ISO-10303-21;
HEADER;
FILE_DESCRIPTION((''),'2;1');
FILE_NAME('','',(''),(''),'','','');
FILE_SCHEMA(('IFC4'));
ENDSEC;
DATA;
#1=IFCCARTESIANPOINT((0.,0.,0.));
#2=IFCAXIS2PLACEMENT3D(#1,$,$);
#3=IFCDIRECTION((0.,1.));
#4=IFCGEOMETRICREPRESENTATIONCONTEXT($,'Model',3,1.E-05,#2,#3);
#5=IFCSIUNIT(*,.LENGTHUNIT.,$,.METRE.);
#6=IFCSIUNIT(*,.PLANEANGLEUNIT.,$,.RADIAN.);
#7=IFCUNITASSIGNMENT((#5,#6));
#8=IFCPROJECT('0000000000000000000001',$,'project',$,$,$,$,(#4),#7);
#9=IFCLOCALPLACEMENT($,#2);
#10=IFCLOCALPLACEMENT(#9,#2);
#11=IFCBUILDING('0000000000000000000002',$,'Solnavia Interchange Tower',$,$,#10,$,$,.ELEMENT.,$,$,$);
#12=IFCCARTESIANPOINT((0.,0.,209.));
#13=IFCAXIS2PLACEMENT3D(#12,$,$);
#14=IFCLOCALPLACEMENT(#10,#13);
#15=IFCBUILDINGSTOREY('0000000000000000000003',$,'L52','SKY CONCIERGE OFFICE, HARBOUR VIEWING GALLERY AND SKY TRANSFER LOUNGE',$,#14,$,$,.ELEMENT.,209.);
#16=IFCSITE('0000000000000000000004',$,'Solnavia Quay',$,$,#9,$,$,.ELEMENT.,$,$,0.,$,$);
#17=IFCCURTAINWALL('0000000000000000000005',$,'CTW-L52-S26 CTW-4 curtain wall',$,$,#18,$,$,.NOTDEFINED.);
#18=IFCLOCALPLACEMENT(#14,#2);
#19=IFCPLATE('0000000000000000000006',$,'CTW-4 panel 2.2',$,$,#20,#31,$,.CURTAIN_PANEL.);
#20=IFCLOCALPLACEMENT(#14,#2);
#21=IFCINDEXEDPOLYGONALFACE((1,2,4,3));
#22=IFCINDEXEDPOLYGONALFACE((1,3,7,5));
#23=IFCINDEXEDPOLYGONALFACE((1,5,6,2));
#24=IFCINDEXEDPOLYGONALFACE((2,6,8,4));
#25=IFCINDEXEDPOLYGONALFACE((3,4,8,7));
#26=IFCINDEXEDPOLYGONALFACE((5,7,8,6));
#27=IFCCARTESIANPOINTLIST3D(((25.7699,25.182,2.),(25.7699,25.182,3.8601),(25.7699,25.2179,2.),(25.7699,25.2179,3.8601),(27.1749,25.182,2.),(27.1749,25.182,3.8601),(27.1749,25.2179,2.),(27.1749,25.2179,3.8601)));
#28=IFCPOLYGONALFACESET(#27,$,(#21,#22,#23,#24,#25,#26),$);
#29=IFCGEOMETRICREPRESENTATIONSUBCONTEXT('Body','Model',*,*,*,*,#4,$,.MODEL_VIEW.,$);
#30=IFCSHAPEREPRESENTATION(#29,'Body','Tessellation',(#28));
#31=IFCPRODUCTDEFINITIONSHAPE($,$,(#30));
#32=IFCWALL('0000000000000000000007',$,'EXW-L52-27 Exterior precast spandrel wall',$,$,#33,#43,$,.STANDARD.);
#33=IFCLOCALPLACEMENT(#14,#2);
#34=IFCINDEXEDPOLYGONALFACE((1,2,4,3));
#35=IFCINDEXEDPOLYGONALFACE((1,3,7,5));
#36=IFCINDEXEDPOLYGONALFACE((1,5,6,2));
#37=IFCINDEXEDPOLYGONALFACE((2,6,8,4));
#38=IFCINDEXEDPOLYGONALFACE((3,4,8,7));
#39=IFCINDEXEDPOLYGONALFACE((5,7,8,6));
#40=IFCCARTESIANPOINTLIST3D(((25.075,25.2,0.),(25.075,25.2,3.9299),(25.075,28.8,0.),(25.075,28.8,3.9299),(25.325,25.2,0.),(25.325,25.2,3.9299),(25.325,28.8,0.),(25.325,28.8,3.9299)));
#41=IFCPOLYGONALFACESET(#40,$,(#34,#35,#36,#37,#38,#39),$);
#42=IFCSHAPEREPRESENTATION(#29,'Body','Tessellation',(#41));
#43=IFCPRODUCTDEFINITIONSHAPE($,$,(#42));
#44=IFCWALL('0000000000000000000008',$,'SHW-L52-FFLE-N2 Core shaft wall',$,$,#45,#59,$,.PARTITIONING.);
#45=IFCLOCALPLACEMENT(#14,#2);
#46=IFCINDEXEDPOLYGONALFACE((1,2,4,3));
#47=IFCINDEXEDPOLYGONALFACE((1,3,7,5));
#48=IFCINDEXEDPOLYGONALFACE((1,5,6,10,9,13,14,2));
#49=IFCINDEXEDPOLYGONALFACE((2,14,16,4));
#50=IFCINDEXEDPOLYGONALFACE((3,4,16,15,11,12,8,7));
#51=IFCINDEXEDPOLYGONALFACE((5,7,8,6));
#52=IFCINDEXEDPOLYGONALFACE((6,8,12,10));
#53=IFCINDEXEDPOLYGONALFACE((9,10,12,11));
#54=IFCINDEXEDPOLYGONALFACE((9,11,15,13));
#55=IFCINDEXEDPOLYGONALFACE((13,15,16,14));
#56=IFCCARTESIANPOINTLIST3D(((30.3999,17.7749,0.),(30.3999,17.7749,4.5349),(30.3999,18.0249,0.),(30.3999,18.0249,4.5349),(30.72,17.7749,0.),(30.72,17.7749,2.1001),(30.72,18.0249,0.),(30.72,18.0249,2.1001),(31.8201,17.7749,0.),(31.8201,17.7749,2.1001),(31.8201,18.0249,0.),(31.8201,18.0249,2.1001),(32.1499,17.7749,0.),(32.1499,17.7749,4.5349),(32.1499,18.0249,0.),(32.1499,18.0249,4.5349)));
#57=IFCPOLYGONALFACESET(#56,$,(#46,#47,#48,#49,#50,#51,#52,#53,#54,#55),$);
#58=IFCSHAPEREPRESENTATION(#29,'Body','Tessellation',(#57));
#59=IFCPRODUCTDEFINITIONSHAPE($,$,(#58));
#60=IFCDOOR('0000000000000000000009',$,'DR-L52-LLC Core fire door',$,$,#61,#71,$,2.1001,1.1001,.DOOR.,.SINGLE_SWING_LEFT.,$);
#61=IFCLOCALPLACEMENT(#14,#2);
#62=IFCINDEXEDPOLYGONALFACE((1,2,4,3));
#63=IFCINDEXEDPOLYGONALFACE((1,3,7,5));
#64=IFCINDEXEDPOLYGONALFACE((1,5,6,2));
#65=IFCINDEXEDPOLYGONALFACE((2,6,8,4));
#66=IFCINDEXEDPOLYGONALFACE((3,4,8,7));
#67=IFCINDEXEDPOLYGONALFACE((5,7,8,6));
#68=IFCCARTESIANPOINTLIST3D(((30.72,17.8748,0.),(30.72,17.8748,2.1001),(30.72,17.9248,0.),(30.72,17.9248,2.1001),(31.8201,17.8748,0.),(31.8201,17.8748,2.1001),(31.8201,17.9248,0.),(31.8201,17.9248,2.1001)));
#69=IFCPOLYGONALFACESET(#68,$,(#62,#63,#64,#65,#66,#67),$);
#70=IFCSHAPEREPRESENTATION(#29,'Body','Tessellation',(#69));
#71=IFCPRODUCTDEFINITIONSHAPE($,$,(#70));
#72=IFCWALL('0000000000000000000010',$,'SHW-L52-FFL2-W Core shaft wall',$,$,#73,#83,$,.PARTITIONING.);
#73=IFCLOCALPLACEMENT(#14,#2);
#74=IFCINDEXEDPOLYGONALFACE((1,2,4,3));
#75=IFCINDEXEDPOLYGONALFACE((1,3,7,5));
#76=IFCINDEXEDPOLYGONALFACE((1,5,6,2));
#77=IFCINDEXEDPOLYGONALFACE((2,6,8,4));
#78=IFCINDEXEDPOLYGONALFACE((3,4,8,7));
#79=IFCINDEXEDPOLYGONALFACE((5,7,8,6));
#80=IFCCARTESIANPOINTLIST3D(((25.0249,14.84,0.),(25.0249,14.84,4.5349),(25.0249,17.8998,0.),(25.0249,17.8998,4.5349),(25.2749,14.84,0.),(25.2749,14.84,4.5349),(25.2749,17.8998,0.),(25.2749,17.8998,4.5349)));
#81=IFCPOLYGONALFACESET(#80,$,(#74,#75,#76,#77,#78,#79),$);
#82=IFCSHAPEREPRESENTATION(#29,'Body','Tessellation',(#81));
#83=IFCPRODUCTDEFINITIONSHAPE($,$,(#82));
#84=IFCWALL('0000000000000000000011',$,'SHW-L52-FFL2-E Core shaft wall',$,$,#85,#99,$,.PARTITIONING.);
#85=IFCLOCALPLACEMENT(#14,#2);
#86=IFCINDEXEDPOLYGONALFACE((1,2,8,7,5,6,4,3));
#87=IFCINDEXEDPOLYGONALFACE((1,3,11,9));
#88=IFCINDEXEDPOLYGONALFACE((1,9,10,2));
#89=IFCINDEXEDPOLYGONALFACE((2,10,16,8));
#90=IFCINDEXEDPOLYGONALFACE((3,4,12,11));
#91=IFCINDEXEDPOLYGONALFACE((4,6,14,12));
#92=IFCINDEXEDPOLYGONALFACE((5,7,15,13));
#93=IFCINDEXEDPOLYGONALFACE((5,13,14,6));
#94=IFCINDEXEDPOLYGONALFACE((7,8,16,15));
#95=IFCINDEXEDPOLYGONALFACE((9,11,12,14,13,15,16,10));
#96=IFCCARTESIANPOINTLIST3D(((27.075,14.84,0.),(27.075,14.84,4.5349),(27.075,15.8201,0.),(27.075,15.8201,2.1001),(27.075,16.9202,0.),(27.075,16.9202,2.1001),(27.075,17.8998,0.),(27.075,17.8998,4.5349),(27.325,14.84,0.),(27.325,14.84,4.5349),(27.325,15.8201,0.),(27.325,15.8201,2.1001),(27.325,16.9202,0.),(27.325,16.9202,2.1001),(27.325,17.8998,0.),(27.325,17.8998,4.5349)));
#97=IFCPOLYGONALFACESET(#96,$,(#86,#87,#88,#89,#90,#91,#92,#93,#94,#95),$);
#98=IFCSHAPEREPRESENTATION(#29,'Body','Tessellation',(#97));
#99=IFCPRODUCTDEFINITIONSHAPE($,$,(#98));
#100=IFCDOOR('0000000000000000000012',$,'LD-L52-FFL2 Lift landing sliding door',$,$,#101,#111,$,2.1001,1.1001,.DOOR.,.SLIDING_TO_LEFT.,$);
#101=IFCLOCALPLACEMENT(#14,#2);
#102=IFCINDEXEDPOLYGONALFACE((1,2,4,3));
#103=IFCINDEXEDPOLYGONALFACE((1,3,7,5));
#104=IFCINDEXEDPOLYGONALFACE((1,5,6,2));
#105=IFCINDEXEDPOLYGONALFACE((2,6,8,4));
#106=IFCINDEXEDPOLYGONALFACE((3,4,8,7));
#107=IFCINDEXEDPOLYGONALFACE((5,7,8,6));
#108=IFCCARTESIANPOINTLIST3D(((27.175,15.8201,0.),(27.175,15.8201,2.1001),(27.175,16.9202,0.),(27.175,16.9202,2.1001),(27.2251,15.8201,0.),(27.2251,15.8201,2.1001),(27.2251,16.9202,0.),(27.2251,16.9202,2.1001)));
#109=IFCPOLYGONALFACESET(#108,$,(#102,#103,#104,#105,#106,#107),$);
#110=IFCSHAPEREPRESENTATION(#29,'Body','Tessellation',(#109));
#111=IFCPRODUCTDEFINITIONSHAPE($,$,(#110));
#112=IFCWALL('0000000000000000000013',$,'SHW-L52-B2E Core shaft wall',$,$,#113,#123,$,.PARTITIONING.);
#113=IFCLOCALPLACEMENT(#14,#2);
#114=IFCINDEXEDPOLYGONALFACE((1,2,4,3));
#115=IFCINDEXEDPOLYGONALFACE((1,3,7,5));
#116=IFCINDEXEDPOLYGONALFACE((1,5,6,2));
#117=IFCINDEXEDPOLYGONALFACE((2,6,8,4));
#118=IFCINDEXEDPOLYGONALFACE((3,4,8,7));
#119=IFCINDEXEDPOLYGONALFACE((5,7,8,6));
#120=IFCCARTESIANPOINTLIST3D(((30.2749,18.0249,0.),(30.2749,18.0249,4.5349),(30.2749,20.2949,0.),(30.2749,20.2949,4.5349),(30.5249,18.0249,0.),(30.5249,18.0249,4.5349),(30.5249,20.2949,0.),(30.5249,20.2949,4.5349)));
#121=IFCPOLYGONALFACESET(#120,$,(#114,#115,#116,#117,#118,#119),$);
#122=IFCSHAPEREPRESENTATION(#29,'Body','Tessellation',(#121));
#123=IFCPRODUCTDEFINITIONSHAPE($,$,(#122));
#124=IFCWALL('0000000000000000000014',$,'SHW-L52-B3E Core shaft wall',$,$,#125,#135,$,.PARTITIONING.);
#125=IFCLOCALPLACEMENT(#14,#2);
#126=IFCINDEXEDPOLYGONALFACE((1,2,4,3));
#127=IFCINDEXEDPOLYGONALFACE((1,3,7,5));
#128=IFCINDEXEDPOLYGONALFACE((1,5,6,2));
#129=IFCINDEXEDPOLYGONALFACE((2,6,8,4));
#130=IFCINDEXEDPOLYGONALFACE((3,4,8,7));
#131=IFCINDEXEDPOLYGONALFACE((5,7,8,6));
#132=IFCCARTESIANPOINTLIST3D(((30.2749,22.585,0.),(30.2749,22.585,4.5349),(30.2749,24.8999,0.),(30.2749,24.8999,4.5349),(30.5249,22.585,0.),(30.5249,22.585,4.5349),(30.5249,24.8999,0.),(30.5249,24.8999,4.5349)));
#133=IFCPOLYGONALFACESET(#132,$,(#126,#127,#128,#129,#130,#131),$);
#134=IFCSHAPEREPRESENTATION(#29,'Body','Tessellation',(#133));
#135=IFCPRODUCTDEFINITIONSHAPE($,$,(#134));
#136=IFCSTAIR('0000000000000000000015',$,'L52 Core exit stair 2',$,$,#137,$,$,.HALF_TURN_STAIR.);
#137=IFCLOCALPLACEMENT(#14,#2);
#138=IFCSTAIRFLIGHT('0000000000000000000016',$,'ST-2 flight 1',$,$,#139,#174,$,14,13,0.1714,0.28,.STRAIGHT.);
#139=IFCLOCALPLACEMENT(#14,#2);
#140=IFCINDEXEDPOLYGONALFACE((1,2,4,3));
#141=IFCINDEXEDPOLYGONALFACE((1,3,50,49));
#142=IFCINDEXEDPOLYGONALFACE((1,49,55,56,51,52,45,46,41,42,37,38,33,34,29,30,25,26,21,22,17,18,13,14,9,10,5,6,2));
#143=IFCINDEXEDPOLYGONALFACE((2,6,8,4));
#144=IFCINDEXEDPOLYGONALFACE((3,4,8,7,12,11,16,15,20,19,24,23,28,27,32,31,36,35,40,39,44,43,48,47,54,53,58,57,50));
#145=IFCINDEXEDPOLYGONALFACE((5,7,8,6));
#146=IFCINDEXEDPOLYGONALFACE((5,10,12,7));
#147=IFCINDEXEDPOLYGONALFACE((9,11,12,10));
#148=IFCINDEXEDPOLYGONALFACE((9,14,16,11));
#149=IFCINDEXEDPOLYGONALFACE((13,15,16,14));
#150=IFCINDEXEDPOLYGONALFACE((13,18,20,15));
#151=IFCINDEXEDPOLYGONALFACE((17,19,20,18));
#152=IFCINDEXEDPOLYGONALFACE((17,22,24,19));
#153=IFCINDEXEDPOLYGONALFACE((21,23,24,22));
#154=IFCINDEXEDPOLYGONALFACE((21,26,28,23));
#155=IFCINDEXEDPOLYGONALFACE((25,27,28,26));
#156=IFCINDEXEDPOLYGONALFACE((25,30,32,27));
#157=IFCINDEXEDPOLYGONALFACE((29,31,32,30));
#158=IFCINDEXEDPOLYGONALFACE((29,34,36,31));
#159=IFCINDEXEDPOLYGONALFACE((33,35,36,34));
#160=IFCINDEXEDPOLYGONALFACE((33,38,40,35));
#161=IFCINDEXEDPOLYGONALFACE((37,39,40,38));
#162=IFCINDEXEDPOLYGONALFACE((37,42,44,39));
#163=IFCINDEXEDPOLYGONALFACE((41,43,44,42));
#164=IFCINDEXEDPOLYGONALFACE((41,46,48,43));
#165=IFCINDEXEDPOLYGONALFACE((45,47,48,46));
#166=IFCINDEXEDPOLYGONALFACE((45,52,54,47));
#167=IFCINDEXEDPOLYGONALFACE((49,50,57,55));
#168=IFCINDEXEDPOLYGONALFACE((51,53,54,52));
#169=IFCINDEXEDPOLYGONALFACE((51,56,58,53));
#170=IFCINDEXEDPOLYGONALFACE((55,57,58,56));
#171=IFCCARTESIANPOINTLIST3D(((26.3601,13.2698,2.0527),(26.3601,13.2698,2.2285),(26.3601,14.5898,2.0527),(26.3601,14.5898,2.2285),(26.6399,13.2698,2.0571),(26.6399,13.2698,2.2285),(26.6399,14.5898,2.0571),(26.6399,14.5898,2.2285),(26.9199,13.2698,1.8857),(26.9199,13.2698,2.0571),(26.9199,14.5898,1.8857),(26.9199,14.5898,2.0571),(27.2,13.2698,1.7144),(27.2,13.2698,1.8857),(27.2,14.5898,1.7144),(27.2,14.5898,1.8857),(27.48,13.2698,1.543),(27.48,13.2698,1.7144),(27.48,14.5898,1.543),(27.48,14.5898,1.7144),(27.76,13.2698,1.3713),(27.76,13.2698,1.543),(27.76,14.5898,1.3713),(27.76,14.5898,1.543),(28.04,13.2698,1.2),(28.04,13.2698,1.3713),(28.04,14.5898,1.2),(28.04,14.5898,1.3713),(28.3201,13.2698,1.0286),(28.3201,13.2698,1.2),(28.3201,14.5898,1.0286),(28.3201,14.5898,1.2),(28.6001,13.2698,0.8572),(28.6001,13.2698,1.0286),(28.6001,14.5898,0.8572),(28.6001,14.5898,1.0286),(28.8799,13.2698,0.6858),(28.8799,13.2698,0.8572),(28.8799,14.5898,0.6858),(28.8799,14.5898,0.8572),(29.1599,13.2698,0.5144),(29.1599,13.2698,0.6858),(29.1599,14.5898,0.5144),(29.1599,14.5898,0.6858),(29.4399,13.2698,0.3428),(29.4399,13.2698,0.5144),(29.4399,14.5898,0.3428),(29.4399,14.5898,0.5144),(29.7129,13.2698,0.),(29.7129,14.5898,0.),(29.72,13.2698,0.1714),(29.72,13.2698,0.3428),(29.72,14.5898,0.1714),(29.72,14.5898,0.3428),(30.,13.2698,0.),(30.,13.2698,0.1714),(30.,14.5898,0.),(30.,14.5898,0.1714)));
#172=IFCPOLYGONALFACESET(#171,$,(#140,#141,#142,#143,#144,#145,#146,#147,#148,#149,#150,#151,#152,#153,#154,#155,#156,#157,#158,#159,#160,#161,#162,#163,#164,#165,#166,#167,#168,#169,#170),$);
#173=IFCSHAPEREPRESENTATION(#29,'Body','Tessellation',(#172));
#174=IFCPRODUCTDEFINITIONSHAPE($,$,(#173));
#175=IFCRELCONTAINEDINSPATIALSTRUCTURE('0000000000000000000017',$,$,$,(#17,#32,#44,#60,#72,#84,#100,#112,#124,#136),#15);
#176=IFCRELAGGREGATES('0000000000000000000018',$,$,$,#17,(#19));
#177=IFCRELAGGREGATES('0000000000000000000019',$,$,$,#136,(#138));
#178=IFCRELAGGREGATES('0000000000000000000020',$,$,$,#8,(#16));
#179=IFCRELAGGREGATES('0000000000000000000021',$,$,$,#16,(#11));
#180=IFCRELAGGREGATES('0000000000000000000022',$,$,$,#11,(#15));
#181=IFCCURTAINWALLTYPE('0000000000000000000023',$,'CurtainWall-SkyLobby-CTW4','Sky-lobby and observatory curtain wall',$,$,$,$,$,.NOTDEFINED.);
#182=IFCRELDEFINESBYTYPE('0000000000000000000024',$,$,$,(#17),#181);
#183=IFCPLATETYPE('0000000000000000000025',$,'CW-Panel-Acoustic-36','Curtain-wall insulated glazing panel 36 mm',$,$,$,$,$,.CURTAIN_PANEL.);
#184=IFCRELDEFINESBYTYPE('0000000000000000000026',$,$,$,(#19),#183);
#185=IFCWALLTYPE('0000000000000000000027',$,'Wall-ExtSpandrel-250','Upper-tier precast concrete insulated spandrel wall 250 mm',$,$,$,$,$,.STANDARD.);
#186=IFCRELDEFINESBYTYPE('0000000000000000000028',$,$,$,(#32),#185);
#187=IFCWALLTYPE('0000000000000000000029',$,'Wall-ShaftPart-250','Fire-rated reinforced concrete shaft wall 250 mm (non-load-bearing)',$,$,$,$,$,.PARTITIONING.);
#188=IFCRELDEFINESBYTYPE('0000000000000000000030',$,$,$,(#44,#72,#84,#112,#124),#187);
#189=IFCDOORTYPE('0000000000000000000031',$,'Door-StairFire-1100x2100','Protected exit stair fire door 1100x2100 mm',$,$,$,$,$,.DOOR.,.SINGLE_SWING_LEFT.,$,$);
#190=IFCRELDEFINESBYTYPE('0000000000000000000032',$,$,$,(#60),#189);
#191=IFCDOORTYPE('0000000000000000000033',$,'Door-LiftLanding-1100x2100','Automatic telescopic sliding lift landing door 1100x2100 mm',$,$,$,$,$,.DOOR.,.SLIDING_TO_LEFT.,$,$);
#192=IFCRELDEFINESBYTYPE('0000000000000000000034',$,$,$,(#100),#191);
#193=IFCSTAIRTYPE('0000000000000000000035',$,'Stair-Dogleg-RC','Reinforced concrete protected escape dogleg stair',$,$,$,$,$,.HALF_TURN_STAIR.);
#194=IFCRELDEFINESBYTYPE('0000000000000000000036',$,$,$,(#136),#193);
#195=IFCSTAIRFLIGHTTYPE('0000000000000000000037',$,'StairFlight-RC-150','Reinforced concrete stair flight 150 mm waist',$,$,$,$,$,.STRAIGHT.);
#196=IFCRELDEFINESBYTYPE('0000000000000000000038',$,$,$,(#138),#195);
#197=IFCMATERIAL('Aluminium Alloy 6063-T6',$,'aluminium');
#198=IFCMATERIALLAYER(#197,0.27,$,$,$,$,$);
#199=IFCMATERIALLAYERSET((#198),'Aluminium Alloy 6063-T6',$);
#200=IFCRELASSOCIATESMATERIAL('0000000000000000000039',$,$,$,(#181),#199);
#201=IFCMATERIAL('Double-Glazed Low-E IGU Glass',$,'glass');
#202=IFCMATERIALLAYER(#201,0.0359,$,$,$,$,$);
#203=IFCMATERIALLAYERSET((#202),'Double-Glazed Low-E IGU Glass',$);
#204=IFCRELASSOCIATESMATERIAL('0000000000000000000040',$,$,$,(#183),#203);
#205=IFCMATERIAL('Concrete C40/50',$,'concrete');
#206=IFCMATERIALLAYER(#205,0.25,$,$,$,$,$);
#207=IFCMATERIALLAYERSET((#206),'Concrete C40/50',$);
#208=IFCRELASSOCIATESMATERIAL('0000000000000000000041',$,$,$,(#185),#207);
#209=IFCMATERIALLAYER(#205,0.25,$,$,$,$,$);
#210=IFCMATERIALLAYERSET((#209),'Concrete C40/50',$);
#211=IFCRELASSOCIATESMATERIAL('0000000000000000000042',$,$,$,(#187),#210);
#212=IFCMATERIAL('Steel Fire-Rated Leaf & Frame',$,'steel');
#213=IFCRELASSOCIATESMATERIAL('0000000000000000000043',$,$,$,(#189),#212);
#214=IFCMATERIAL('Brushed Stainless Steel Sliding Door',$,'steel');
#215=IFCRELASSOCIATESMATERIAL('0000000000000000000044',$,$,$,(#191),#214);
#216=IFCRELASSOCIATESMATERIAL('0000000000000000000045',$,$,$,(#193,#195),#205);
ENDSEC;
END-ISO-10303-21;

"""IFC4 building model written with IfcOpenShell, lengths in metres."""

from ifc_helpers import new_model, si_unit, direction, frame, frame_2d, origin, origin_2d, place, context, subcontext, project, spatial, polyline, rectangle, outline, extrude, material, layer, layer_set, type_object, element, fill, aggregate, save


model = new_model("IFC4")

# Units and contexts
model_context = context("Model", 3, precision=1e-05, world=origin(), true_north=direction((0.0, 1.0)))
body_context = subcontext(model_context, "Body", "Model", "MODEL_VIEW")
ifc_project = project(units=[si_unit("LENGTHUNIT", "METRE"), si_unit("PLANEANGLEUNIT", "RADIAN")], contexts=[model_context])

# Site, building, storey
site_placement = place(None, origin())
site = spatial("IfcSite", under=ifc_project, at=site_placement, Name="Solnavia Quay", CompositionType="ELEMENT", RefElevation=0.0)
building_placement = place(site_placement, origin())
building = spatial("IfcBuilding", under=site, at=building_placement, Name="Solnavia Interchange Tower", CompositionType="ELEMENT")
storey_placement = place(building_placement, frame((0.0, 0.0, 209.0)))
storey = spatial("IfcBuildingStorey", under=building, at=storey_placement, Name="L52", Description="SKY CONCIERGE OFFICE, HARBOUR VIEWING GALLERY AND SKY TRANSFER LOUNGE", CompositionType="ELEMENT", Elevation=209.0)

# Curtain wall, plate
ifc_material_1 = material(Name="Aluminium Alloy 6063-T6", Category="aluminium")
ifc_layer_1 = layer(ifc_material_1, 0.27)
ifc_layer_set_1 = layer_set([ifc_layer_1], Name="Aluminium Alloy 6063-T6")
curtain_wall_type = type_object("IfcCurtainWallType", Name="CurtainWall-SkyLobby-CTW4", Description="Sky-lobby and observatory curtain wall", PredefinedType="NOTDEFINED", material=ifc_layer_set_1)
curtain_wall_placement = place(storey_placement, origin())
curtain_wall = element("IfcCurtainWall", 1, at=curtain_wall_placement, inside=storey, type_object=curtain_wall_type, Name="CTW-L52-S26 CTW-4 curtain wall", PredefinedType="NOTDEFINED")
ifc_material_2 = material(Name="Double-Glazed Low-E IGU Glass", Category="glass")
ifc_layer_2 = layer(ifc_material_2, 0.0359)
ifc_layer_set_2 = layer_set([ifc_layer_2], Name="Double-Glazed Low-E IGU Glass")
plate_type = type_object("IfcPlateType", Name="CW-Panel-Acoustic-36", Description="Curtain-wall insulated glazing panel 36 mm", PredefinedType="CURTAIN_PANEL", material=ifc_layer_set_2)
plate_1_placement = place(storey_placement, frame((26.4724, 25.2, 2.0), z_axis=(0.0, 0.0, 1.0), x_axis=(-1.0, 0.0, 0.0)))
plate_1 = element("IfcPlate", 2, at=plate_1_placement, type_object=plate_type, Name="CTW-4 panel 2.2", PredefinedType="CURTAIN_PANEL", context=body_context, shape_type="SweptSolid", body=[
    extrude(rectangle(XDim=1.405, YDim=0.0359, at=origin_2d()), origin(), (0.0, 0.0, 1.0), 1.8601),
])
aggregate(curtain_wall, [plate_1])

# Wall
ifc_material_3 = material(Name="Concrete C40/50", Category="concrete")
ifc_layer_3 = layer(ifc_material_3, 0.25)
ifc_layer_set_3 = layer_set([ifc_layer_3], Name="Concrete C40/50")
wall_type_1 = type_object("IfcWallType", Name="Wall-ExtSpandrel-250", Description="Upper-tier precast concrete insulated spandrel wall 250 mm", PredefinedType="STANDARD", material=ifc_layer_set_3)
wall_1_placement = place(storey_placement, frame((25.2, 25.2, 0.0), z_axis=(0.0, 0.0, 1.0), x_axis=(0.0, 1.0, 0.0)))
element("IfcWall", 3, at=wall_1_placement, inside=storey, type_object=wall_type_1, Name="EXW-L52-27 Exterior precast spandrel wall", PredefinedType="STANDARD", context=body_context, shape_type="SweptSolid", body=[
    extrude(rectangle(XDim=3.6001, YDim=0.25, at=frame_2d((1.8, 0.0))), origin(), (0.0, 0.0, 1.0), 3.9299),
])

# Wall, opening, door
ifc_layer_4 = layer(ifc_material_3, 0.25)
ifc_layer_set_4 = layer_set([ifc_layer_4], Name="Concrete C40/50")
wall_type_2 = type_object("IfcWallType", Name="Wall-ShaftPart-250", Description="Fire-rated reinforced concrete shaft wall 250 mm (non-load-bearing)", PredefinedType="PARTITIONING", material=ifc_layer_set_4)
wall_2_placement = place(storey_placement, frame((30.3999, 17.8999, 0.0), z_axis=(0.0, 0.0, 1.0), x_axis=(1.0, 0.0, 0.0)))
wall_2 = element("IfcWall", 4, at=wall_2_placement, inside=storey, type_object=wall_type_2, Name="SHW-L52-FFLE-N2 Core shaft wall", PredefinedType="PARTITIONING", context=body_context, shape_type="SweptSolid", body=[
    extrude(rectangle(XDim=1.75, YDim=0.25, at=frame_2d((0.875, 0.0))), origin(), (0.0, 0.0, 1.0), 4.5349),
])
opening_1_placement = place(wall_2_placement, frame((0.3201, 0.0, 0.0)))
opening_1 = element("IfcOpeningElement", 5, at=opening_1_placement, cuts=wall_2, PredefinedType="OPENING", context=body_context, shape_type="SweptSolid", body=[
    extrude(rectangle(XDim=1.1001, YDim=2.1001, at=frame_2d((0.55, 1.05))), frame((0.0, 0.135, 0.0), z_axis=(0.0, -1.0, 0.0), x_axis=(1.0, 0.0, 0.0)), (0.0, 0.0, 1.0), 0.27),
])
ifc_material_4 = material(Name="Steel Fire-Rated Leaf & Frame", Category="steel")
door_type_1 = type_object("IfcDoorType", Name="Door-StairFire-1100x2100", Description="Protected exit stair fire door 1100x2100 mm", OperationType="SINGLE_SWING_LEFT", PredefinedType="DOOR", material=ifc_material_4)
door_1_placement = place(opening_1_placement, origin())
door_1 = element("IfcDoor", 6, at=door_1_placement, inside=storey, type_object=door_type_1, Name="DR-L52-LLC Core fire door", OperationType="SINGLE_SWING_LEFT", OverallHeight=2.1001, OverallWidth=1.1001, PredefinedType="DOOR", context=body_context, shape_type="SweptSolid", body=[
    extrude(rectangle(XDim=1.1001, YDim=2.1001, at=frame_2d((0.55, 1.05))), frame((0.0, 0.0249, 0.0), z_axis=(0.0, -1.0, 0.0), x_axis=(1.0, 0.0, 0.0)), (0.0, 0.0, 1.0), 0.05),
])
fill(opening_1, door_1)

# Wall
wall_3_placement = place(storey_placement, frame((25.1499, 14.8401, 0.0), z_axis=(0.0, 0.0, 1.0), x_axis=(0.0, 1.0, 0.0)))
element("IfcWall", 7, at=wall_3_placement, inside=storey, type_object=wall_type_2, Name="SHW-L52-FFL2-W Core shaft wall", PredefinedType="PARTITIONING", context=body_context, shape_type="SweptSolid", body=[
    extrude(rectangle(XDim=3.0598, YDim=0.25, at=frame_2d((1.5298, 0.0))), origin(), (0.0, 0.0, 1.0), 4.5349),
])

# Wall, opening, door
wall_4_placement = place(storey_placement, frame((27.2, 14.8401, 0.0), z_axis=(0.0, 0.0, 1.0), x_axis=(0.0, 1.0, 0.0)))
wall_4 = element("IfcWall", 8, at=wall_4_placement, inside=storey, type_object=wall_type_2, Name="SHW-L52-FFL2-E Core shaft wall", PredefinedType="PARTITIONING", context=body_context, shape_type="SweptSolid", body=[
    extrude(rectangle(XDim=3.0598, YDim=0.25, at=frame_2d((1.5298, 0.0))), origin(), (0.0, 0.0, 1.0), 4.5349),
])
opening_2_placement = place(wall_4_placement, frame((0.98, 0.0, 0.0)))
opening_2 = element("IfcOpeningElement", 9, at=opening_2_placement, cuts=wall_4, PredefinedType="OPENING", context=body_context, shape_type="SweptSolid", body=[
    extrude(rectangle(XDim=1.1001, YDim=2.1001, at=frame_2d((0.55, 1.05))), frame((0.0, 0.135, 0.0), z_axis=(0.0, -1.0, 0.0), x_axis=(1.0, 0.0, 0.0)), (0.0, 0.0, 1.0), 0.27),
])
ifc_material_5 = material(Name="Brushed Stainless Steel Sliding Door", Category="steel")
door_type_2 = type_object("IfcDoorType", Name="Door-LiftLanding-1100x2100", Description="Automatic telescopic sliding lift landing door 1100x2100 mm", OperationType="SLIDING_TO_LEFT", PredefinedType="DOOR", material=ifc_material_5)
door_2_placement = place(opening_2_placement, origin())
door_2 = element("IfcDoor", 10, at=door_2_placement, inside=storey, type_object=door_type_2, Name="LD-L52-FFL2 Lift landing sliding door", OperationType="SLIDING_TO_LEFT", OverallHeight=2.1001, OverallWidth=1.1001, PredefinedType="DOOR", context=body_context, shape_type="SweptSolid", body=[
    extrude(rectangle(XDim=1.1001, YDim=2.1001, at=frame_2d((0.55, 1.05))), frame((0.0, 0.0249, 0.0), z_axis=(0.0, -1.0, 0.0), x_axis=(1.0, 0.0, 0.0)), (0.0, 0.0, 1.0), 0.05),
])
fill(opening_2, door_2)

# Walls
wall_5_placement = place(storey_placement, frame((30.3999, 18.0249, 0.0), z_axis=(0.0, 0.0, 1.0), x_axis=(0.0, 1.0, 0.0)))
element("IfcWall", 11, at=wall_5_placement, inside=storey, type_object=wall_type_2, Name="SHW-L52-B2E Core shaft wall", PredefinedType="PARTITIONING", context=body_context, shape_type="SweptSolid", body=[
    extrude(rectangle(XDim=2.27, YDim=0.25, at=frame_2d((1.135, 0.0))), origin(), (0.0, 0.0, 1.0), 4.5349),
])
wall_6_placement = place(storey_placement, frame((30.3999, 22.585, 0.0), z_axis=(0.0, 0.0, 1.0), x_axis=(0.0, 1.0, 0.0)))
element("IfcWall", 12, at=wall_6_placement, inside=storey, type_object=wall_type_2, Name="SHW-L52-B3E Core shaft wall", PredefinedType="PARTITIONING", context=body_context, shape_type="SweptSolid", body=[
    extrude(rectangle(XDim=2.3149, YDim=0.25, at=frame_2d((1.1575, 0.0))), origin(), (0.0, 0.0, 1.0), 4.5349),
])

# Stair, stair flight
stair_type = type_object("IfcStairType", Name="Stair-Dogleg-RC", Description="Reinforced concrete protected escape dogleg stair", PredefinedType="HALF_TURN_STAIR", material=ifc_material_3)
stair_placement = place(storey_placement, origin())
stair = element("IfcStair", 13, at=stair_placement, inside=storey, type_object=stair_type, Name="L52 Core exit stair 2", PredefinedType="HALF_TURN_STAIR")
stair_flight_type = type_object("IfcStairFlightType", Name="StairFlight-RC-150", Description="Reinforced concrete stair flight 150 mm waist", PredefinedType="STRAIGHT", material=ifc_material_3)
stair_flight_placement = place(storey_placement, frame((30.0, 13.9299, 0.0), z_axis=(0.0, 0.0, 1.0), x_axis=(-1.0, 0.0, 0.0)))
stair_flight = element("IfcStairFlight", 14, at=stair_flight_placement, type_object=stair_flight_type, Name="ST-2 flight 1", NumberOfRisers=14, NumberOfTreads=13, PredefinedType="STRAIGHT", RiserHeight=0.1714, TreadLength=0.28, context=body_context, shape_type="SweptSolid", body=[
    extrude(outline(polyline([(0.0, 0.0), (0.0, 0.1714), (0.28, 0.1714), (0.28, 0.3428), (0.5601, 0.3428), (0.5601, 0.5144), (0.8401, 0.5144), (0.8401, 0.6858), (1.1201, 0.6858), (1.1201, 0.8572), (1.3999, 0.8572), (1.3999, 1.0286), (1.6799, 1.0286), (1.6799, 1.2), (1.96, 1.2), (1.96, 1.3713), (2.24, 1.3713), (2.24, 1.543), (2.52, 1.543), (2.52, 1.7144), (2.8, 1.7144), (2.8, 1.8857), (3.0801, 1.8857), (3.0801, 2.0571), (3.3601, 2.0571), (3.3601, 2.2285), (3.6399, 2.2285), (3.6399, 2.3999), (3.6399, 2.0527), (0.2871, 0.0), (0.0, 0.0)])), frame((0.0, 0.6602, 0.0), z_axis=(0.0, -1.0, 0.0), x_axis=(1.0, 0.0, 0.0)), (0.0, 0.0, 1.0), 1.3201),
])
aggregate(stair, [stair_flight])

save(model, "model.ifc")
